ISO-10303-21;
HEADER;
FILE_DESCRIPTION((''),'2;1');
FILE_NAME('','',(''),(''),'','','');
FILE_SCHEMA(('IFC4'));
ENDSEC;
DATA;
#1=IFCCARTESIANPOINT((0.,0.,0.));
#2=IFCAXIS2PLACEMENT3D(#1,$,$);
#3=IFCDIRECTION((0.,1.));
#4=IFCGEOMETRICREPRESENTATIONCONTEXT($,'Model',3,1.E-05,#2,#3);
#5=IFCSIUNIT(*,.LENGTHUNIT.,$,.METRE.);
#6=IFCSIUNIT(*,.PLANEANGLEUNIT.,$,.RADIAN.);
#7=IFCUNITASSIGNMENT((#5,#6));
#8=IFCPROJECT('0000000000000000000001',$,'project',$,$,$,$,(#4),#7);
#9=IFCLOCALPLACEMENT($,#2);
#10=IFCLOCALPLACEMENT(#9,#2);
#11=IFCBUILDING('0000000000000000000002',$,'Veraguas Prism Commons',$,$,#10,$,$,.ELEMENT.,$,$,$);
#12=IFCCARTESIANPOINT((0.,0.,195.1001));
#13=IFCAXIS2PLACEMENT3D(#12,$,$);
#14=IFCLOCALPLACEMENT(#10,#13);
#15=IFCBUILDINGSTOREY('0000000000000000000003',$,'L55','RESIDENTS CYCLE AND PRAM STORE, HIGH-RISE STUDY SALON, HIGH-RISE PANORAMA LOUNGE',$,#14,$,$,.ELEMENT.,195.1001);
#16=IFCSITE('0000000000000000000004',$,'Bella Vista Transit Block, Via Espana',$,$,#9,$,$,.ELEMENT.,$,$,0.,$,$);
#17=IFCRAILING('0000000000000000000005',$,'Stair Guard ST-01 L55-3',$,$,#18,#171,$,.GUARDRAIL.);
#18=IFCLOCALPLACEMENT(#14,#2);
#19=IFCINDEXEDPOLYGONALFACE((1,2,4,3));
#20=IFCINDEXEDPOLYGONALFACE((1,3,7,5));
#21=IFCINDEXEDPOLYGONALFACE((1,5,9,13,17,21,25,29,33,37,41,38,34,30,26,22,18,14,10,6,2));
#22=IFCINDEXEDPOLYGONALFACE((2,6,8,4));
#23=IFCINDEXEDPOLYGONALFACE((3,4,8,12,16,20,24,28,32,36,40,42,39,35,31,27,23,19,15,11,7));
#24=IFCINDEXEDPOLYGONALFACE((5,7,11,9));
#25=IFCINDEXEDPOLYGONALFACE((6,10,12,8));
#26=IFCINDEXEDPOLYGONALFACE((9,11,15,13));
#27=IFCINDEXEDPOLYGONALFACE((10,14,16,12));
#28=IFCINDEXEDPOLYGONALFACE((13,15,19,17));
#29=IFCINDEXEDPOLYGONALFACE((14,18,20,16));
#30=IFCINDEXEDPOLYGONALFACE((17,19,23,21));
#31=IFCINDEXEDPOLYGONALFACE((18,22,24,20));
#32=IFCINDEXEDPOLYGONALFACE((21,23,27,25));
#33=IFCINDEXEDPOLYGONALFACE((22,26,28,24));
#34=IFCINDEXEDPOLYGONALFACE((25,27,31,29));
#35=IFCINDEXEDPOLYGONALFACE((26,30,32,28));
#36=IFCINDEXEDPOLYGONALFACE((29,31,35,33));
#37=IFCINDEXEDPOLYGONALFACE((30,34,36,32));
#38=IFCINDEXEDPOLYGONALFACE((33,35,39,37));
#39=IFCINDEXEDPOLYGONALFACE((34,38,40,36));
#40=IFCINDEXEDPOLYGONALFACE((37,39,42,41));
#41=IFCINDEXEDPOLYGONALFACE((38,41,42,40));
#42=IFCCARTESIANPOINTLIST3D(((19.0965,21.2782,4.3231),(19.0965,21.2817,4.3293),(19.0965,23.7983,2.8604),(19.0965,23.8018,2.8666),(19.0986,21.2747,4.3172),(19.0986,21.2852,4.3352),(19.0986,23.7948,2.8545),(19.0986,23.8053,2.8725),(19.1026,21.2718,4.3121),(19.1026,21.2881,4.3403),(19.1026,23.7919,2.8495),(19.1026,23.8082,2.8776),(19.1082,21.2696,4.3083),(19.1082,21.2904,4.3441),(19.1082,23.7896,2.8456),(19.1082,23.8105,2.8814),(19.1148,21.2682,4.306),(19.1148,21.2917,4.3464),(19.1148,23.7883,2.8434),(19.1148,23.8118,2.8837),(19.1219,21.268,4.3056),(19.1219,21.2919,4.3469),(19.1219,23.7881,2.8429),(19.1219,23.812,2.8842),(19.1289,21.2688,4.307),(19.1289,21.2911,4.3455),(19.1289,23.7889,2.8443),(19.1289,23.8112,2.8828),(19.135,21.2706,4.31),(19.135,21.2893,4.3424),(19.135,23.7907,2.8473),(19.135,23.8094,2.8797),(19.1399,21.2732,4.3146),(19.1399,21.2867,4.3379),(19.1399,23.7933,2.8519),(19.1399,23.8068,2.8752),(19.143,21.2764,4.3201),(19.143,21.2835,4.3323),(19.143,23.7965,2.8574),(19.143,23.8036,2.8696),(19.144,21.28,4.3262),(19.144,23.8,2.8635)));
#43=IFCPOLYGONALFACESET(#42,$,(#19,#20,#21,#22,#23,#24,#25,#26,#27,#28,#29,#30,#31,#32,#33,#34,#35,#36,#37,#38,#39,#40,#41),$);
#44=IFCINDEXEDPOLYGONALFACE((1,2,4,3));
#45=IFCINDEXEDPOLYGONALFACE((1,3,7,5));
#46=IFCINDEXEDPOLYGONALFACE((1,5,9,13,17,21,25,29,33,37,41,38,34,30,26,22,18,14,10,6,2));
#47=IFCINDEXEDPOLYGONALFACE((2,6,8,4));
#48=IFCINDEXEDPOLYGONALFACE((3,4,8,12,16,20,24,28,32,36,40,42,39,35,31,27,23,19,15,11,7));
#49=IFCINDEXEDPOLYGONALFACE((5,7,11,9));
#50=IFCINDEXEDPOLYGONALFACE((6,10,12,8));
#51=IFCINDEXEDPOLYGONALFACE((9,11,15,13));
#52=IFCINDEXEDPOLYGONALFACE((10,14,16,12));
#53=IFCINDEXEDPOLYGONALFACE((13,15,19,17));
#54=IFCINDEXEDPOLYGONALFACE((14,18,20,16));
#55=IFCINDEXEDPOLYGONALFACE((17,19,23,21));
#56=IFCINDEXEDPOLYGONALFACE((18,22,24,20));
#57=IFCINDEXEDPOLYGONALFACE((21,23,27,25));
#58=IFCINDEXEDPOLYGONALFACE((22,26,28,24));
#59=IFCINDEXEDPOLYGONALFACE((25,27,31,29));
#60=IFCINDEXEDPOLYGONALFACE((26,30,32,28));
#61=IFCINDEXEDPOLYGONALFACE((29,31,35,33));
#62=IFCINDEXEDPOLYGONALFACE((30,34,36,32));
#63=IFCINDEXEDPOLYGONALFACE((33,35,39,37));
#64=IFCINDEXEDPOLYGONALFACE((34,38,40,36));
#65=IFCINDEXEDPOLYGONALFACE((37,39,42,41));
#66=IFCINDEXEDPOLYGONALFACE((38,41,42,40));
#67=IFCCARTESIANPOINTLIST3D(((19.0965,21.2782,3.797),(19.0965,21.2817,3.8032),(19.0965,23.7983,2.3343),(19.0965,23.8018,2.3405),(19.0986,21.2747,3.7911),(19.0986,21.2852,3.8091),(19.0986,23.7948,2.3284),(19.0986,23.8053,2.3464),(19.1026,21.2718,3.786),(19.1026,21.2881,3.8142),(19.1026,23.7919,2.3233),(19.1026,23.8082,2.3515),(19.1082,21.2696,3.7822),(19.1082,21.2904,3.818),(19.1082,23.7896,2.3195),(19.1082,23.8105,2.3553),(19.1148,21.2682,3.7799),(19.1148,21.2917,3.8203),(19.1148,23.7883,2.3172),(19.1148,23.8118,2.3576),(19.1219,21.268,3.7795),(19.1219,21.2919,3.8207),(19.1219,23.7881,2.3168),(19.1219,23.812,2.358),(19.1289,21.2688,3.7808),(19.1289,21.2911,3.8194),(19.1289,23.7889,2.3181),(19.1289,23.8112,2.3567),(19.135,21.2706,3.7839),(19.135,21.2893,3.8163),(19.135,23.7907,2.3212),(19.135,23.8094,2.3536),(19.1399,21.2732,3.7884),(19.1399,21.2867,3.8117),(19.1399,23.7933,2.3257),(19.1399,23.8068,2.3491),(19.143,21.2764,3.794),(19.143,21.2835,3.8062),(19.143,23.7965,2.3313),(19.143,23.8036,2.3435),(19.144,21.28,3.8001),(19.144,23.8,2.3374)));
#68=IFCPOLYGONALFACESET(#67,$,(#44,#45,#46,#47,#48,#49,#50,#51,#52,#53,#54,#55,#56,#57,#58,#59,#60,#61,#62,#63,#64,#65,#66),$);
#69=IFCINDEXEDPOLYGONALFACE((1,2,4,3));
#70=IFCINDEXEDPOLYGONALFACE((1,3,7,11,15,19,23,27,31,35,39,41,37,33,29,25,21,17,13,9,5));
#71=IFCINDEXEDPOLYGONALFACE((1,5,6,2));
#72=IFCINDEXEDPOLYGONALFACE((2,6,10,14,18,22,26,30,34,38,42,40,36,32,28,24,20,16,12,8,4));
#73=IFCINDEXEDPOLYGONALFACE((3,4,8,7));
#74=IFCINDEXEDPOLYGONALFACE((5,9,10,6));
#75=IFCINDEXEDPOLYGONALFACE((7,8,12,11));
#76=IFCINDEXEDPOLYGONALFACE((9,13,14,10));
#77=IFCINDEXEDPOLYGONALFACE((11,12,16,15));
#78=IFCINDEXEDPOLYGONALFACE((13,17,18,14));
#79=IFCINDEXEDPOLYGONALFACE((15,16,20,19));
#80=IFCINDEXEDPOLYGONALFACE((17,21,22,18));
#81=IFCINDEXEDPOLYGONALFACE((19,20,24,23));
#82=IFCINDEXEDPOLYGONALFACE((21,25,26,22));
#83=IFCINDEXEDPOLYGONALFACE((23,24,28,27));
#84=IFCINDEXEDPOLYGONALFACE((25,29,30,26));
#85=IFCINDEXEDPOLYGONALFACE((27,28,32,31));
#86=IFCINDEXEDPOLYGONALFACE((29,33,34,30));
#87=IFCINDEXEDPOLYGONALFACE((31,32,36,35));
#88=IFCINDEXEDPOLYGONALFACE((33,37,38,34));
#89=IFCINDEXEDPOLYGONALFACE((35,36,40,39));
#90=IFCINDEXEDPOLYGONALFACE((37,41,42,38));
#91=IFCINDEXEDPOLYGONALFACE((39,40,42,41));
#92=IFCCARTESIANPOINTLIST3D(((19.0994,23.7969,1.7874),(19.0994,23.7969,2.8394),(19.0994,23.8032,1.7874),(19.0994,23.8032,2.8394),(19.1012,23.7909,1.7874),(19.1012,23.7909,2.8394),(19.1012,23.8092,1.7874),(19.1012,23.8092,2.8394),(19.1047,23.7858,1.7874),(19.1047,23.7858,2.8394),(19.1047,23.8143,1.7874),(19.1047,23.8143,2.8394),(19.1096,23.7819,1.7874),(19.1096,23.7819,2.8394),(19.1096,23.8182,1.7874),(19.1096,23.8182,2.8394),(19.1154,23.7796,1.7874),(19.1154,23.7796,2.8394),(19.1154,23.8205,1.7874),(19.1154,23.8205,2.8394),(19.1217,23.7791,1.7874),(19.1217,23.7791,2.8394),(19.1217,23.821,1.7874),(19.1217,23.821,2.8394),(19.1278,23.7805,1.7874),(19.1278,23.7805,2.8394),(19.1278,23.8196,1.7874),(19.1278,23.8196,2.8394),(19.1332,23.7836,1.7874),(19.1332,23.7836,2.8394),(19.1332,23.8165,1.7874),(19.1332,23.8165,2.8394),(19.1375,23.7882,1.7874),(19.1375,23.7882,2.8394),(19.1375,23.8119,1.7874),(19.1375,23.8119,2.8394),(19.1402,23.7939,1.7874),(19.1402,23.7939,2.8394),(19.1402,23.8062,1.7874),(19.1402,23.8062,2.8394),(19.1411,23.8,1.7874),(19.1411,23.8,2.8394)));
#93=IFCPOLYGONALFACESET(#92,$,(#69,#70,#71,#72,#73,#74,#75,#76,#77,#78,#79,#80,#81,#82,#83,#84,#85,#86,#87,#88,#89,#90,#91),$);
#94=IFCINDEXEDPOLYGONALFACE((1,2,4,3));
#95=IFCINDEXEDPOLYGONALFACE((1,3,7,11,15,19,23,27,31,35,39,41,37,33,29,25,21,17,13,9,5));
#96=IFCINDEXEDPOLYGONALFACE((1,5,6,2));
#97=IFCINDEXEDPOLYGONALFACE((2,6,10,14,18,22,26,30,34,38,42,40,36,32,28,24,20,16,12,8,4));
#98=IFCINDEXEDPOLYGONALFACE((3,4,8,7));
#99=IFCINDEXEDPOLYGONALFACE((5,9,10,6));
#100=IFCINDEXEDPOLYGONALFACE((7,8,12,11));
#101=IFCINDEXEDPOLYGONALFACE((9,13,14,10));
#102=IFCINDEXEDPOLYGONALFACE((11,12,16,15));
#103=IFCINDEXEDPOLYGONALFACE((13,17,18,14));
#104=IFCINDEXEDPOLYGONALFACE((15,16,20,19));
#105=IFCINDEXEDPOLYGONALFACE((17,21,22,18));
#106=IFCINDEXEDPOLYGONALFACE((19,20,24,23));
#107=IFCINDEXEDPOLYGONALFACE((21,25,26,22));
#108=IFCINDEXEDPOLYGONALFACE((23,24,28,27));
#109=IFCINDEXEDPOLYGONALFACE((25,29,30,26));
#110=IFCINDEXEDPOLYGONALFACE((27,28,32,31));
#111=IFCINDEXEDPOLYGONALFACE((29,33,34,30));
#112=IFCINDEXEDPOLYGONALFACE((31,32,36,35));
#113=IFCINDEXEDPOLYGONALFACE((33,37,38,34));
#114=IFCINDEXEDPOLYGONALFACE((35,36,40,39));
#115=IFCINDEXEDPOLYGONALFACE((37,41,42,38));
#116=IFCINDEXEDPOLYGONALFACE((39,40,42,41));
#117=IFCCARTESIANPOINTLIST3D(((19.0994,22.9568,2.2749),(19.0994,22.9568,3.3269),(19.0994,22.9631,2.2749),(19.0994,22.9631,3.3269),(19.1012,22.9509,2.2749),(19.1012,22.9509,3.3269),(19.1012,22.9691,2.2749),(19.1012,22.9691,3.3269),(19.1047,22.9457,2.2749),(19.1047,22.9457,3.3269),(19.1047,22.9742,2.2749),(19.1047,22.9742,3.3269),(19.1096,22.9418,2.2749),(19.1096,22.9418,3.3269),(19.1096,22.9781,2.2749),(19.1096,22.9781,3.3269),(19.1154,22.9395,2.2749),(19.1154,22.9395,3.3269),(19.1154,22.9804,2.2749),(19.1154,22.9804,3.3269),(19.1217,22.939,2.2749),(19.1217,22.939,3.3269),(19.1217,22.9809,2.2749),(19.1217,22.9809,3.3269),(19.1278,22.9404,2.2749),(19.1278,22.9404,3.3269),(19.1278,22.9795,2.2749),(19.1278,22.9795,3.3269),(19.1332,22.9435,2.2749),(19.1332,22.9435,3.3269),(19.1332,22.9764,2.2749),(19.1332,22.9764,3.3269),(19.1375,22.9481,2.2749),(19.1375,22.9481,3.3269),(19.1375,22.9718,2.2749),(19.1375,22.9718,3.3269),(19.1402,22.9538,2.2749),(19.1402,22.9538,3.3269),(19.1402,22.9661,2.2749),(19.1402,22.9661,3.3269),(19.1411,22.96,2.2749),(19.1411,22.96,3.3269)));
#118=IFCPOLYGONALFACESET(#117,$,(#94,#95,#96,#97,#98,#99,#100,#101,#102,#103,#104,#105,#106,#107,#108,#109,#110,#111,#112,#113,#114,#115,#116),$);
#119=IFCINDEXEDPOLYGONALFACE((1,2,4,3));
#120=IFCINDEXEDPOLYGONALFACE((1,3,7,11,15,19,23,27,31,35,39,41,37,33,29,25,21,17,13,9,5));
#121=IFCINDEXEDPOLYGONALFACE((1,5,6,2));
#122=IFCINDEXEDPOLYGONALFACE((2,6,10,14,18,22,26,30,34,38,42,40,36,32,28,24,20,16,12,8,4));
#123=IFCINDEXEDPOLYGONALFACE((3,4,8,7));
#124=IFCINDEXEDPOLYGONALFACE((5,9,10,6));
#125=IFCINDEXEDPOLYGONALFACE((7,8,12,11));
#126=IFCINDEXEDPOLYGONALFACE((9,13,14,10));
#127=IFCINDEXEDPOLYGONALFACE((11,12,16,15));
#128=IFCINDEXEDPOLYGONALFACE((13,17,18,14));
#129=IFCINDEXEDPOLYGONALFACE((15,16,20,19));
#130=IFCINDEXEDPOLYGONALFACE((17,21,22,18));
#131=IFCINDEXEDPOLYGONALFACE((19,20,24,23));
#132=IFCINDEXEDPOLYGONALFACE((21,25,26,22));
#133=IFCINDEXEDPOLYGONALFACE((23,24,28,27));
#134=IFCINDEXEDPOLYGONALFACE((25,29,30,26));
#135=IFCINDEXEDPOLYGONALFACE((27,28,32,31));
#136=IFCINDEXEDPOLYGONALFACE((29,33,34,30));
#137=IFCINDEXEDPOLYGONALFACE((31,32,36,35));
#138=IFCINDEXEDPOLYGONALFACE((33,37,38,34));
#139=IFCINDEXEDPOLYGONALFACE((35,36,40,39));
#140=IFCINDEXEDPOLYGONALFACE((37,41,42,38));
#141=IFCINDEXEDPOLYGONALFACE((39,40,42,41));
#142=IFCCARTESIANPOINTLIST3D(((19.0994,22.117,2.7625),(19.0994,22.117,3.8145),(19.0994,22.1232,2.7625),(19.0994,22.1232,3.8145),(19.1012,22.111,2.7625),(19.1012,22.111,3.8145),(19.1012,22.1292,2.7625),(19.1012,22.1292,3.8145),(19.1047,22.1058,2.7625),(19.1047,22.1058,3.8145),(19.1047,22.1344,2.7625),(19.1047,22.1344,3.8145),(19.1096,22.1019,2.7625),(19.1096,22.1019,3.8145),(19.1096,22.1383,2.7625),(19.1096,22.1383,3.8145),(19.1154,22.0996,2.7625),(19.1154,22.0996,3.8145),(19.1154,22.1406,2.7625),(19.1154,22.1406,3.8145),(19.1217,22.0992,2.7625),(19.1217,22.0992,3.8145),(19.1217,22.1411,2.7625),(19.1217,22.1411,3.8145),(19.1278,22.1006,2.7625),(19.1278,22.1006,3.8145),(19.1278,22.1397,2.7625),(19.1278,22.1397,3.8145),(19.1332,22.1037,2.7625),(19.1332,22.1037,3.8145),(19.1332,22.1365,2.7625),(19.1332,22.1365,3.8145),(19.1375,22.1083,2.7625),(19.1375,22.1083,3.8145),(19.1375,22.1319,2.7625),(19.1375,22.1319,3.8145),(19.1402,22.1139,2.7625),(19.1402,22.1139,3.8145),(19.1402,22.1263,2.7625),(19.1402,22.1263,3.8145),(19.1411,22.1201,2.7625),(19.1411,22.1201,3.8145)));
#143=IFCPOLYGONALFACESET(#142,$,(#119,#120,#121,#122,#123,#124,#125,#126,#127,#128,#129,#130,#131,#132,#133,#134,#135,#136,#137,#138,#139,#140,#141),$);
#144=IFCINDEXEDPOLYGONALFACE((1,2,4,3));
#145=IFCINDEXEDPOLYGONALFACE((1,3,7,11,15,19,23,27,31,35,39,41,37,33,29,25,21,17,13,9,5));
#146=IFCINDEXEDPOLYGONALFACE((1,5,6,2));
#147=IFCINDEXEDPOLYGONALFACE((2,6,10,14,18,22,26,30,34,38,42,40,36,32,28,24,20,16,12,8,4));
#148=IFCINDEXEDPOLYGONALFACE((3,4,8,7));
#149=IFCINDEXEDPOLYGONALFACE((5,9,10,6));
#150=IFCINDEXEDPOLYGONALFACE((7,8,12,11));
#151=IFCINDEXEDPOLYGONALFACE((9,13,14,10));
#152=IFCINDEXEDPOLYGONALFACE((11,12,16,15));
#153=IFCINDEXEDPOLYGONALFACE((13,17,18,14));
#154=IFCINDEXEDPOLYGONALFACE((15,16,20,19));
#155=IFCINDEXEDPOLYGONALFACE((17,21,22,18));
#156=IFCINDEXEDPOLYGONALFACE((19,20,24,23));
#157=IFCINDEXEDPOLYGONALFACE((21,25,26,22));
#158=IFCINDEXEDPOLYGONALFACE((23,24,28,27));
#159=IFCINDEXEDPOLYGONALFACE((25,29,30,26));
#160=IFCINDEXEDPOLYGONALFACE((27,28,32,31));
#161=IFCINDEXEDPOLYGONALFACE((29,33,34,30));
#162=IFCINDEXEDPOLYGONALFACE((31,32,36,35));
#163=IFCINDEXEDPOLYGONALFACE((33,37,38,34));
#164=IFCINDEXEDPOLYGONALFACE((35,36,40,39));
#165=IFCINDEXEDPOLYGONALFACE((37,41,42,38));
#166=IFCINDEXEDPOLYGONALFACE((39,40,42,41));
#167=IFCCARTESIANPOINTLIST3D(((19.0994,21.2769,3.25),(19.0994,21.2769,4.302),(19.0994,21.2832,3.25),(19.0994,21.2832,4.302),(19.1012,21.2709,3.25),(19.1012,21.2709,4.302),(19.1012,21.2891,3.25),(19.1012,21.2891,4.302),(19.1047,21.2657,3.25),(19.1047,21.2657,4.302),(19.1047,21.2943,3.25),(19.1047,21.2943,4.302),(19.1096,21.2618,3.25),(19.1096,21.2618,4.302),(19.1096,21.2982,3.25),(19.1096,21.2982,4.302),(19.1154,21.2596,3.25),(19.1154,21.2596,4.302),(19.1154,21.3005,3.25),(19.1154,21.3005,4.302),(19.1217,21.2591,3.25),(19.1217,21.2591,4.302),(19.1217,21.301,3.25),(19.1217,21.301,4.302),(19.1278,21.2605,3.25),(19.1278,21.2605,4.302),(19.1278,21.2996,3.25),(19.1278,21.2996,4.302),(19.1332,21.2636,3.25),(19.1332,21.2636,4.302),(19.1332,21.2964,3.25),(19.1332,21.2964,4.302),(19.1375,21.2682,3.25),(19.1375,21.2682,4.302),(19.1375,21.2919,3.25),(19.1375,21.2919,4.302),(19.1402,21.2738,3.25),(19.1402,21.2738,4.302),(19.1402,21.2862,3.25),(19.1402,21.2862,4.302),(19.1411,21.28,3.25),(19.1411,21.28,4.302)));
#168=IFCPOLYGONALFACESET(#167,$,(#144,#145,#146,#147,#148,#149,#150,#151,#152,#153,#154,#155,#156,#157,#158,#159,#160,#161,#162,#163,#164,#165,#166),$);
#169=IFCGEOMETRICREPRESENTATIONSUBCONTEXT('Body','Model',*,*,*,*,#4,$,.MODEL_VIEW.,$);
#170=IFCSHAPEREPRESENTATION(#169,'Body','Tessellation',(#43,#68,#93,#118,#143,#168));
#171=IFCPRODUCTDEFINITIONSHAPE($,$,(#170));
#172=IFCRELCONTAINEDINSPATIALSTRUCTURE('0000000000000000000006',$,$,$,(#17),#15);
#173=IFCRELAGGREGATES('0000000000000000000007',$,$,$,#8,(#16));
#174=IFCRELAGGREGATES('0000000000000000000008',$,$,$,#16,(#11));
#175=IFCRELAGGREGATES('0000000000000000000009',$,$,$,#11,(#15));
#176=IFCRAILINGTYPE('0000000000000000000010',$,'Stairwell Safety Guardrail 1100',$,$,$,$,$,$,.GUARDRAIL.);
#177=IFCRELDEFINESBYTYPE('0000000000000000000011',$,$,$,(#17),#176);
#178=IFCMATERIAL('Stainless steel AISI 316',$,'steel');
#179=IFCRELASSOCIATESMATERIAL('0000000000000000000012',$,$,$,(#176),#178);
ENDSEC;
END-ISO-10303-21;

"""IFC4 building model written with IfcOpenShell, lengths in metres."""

from ifc_helpers import new_model, si_unit, direction, frame, origin, origin_2d, place, context, subcontext, project, spatial, circle, extrude, material, type_object, element, save


model = new_model("IFC4")

# Units and contexts
model_context = context("Model", 3, precision=1e-05, world=origin(), true_north=direction((0.0, 1.0)))
body_context = subcontext(model_context, "Body", "Model", "MODEL_VIEW")
ifc_project = project(units=[si_unit("LENGTHUNIT", "METRE"), si_unit("PLANEANGLEUNIT", "RADIAN")], contexts=[model_context])

# Site, building, storey
site_placement = place(None, origin())
site = spatial("IfcSite", under=ifc_project, at=site_placement, Name="Bella Vista Transit Block, Via Espana", CompositionType="ELEMENT", RefElevation=0.0)
building_placement = place(site_placement, origin())
building = spatial("IfcBuilding", under=site, at=building_placement, Name="Veraguas Prism Commons", CompositionType="ELEMENT")
storey_placement = place(building_placement, frame((0.0, 0.0, 195.1001)))
storey = spatial("IfcBuildingStorey", under=building, at=storey_placement, Name="L55", Description="RESIDENTS CYCLE AND PRAM STORE, HIGH-RISE STUDY SALON, HIGH-RISE PANORAMA LOUNGE", CompositionType="ELEMENT", Elevation=195.1001)

# Railing
ifc_material_1 = material(Name="Stainless steel AISI 316", Category="steel")
railing_type_1 = type_object("IfcRailingType", Name="Stairwell Safety Guardrail 1100", PredefinedType="GUARDRAIL", material=ifc_material_1)
railing_1_placement = place(storey_placement, frame((19.1201, 23.8, 1.7874)))
element("IfcRailing", 1, at=railing_1_placement, inside=storey, type_object=railing_type_1, Name="Stair Guard ST-01 L55-3", PredefinedType="GUARDRAIL", context=body_context, shape_type="SweptSolid", body=[
    extrude(circle(Radius=0.0239, at=origin_2d()), frame((0.0, 0.0, 1.0762), z_axis=(0.0, -0.864877, 0.501984), x_axis=(1.0, 0.0, 0.0)), (0.0, 0.0, 1.0), 2.9138),
    extrude(circle(Radius=0.0239, at=origin_2d()), frame((0.0, 0.0, 0.55), z_axis=(0.0, -0.864877, 0.501984), x_axis=(1.0, 0.0, 0.0)), (0.0, 0.0, 1.0), 2.9138),
    extrude(circle(Radius=0.021, at=origin_2d()), origin(), (0.0, 0.0, 1.0), 1.052),
    extrude(circle(Radius=0.021, at=origin_2d()), frame((0.0, -0.8401, 0.4875)), (0.0, 0.0, 1.0), 1.052),
    extrude(circle(Radius=0.021, at=origin_2d()), frame((0.0, -1.6799, 0.9751)), (0.0, 0.0, 1.0), 1.052),
    extrude(circle(Radius=0.021, at=origin_2d()), frame((0.0, -2.52, 1.4626)), (0.0, 0.0, 1.0), 1.052),
])

save(model, "model.ifc")
